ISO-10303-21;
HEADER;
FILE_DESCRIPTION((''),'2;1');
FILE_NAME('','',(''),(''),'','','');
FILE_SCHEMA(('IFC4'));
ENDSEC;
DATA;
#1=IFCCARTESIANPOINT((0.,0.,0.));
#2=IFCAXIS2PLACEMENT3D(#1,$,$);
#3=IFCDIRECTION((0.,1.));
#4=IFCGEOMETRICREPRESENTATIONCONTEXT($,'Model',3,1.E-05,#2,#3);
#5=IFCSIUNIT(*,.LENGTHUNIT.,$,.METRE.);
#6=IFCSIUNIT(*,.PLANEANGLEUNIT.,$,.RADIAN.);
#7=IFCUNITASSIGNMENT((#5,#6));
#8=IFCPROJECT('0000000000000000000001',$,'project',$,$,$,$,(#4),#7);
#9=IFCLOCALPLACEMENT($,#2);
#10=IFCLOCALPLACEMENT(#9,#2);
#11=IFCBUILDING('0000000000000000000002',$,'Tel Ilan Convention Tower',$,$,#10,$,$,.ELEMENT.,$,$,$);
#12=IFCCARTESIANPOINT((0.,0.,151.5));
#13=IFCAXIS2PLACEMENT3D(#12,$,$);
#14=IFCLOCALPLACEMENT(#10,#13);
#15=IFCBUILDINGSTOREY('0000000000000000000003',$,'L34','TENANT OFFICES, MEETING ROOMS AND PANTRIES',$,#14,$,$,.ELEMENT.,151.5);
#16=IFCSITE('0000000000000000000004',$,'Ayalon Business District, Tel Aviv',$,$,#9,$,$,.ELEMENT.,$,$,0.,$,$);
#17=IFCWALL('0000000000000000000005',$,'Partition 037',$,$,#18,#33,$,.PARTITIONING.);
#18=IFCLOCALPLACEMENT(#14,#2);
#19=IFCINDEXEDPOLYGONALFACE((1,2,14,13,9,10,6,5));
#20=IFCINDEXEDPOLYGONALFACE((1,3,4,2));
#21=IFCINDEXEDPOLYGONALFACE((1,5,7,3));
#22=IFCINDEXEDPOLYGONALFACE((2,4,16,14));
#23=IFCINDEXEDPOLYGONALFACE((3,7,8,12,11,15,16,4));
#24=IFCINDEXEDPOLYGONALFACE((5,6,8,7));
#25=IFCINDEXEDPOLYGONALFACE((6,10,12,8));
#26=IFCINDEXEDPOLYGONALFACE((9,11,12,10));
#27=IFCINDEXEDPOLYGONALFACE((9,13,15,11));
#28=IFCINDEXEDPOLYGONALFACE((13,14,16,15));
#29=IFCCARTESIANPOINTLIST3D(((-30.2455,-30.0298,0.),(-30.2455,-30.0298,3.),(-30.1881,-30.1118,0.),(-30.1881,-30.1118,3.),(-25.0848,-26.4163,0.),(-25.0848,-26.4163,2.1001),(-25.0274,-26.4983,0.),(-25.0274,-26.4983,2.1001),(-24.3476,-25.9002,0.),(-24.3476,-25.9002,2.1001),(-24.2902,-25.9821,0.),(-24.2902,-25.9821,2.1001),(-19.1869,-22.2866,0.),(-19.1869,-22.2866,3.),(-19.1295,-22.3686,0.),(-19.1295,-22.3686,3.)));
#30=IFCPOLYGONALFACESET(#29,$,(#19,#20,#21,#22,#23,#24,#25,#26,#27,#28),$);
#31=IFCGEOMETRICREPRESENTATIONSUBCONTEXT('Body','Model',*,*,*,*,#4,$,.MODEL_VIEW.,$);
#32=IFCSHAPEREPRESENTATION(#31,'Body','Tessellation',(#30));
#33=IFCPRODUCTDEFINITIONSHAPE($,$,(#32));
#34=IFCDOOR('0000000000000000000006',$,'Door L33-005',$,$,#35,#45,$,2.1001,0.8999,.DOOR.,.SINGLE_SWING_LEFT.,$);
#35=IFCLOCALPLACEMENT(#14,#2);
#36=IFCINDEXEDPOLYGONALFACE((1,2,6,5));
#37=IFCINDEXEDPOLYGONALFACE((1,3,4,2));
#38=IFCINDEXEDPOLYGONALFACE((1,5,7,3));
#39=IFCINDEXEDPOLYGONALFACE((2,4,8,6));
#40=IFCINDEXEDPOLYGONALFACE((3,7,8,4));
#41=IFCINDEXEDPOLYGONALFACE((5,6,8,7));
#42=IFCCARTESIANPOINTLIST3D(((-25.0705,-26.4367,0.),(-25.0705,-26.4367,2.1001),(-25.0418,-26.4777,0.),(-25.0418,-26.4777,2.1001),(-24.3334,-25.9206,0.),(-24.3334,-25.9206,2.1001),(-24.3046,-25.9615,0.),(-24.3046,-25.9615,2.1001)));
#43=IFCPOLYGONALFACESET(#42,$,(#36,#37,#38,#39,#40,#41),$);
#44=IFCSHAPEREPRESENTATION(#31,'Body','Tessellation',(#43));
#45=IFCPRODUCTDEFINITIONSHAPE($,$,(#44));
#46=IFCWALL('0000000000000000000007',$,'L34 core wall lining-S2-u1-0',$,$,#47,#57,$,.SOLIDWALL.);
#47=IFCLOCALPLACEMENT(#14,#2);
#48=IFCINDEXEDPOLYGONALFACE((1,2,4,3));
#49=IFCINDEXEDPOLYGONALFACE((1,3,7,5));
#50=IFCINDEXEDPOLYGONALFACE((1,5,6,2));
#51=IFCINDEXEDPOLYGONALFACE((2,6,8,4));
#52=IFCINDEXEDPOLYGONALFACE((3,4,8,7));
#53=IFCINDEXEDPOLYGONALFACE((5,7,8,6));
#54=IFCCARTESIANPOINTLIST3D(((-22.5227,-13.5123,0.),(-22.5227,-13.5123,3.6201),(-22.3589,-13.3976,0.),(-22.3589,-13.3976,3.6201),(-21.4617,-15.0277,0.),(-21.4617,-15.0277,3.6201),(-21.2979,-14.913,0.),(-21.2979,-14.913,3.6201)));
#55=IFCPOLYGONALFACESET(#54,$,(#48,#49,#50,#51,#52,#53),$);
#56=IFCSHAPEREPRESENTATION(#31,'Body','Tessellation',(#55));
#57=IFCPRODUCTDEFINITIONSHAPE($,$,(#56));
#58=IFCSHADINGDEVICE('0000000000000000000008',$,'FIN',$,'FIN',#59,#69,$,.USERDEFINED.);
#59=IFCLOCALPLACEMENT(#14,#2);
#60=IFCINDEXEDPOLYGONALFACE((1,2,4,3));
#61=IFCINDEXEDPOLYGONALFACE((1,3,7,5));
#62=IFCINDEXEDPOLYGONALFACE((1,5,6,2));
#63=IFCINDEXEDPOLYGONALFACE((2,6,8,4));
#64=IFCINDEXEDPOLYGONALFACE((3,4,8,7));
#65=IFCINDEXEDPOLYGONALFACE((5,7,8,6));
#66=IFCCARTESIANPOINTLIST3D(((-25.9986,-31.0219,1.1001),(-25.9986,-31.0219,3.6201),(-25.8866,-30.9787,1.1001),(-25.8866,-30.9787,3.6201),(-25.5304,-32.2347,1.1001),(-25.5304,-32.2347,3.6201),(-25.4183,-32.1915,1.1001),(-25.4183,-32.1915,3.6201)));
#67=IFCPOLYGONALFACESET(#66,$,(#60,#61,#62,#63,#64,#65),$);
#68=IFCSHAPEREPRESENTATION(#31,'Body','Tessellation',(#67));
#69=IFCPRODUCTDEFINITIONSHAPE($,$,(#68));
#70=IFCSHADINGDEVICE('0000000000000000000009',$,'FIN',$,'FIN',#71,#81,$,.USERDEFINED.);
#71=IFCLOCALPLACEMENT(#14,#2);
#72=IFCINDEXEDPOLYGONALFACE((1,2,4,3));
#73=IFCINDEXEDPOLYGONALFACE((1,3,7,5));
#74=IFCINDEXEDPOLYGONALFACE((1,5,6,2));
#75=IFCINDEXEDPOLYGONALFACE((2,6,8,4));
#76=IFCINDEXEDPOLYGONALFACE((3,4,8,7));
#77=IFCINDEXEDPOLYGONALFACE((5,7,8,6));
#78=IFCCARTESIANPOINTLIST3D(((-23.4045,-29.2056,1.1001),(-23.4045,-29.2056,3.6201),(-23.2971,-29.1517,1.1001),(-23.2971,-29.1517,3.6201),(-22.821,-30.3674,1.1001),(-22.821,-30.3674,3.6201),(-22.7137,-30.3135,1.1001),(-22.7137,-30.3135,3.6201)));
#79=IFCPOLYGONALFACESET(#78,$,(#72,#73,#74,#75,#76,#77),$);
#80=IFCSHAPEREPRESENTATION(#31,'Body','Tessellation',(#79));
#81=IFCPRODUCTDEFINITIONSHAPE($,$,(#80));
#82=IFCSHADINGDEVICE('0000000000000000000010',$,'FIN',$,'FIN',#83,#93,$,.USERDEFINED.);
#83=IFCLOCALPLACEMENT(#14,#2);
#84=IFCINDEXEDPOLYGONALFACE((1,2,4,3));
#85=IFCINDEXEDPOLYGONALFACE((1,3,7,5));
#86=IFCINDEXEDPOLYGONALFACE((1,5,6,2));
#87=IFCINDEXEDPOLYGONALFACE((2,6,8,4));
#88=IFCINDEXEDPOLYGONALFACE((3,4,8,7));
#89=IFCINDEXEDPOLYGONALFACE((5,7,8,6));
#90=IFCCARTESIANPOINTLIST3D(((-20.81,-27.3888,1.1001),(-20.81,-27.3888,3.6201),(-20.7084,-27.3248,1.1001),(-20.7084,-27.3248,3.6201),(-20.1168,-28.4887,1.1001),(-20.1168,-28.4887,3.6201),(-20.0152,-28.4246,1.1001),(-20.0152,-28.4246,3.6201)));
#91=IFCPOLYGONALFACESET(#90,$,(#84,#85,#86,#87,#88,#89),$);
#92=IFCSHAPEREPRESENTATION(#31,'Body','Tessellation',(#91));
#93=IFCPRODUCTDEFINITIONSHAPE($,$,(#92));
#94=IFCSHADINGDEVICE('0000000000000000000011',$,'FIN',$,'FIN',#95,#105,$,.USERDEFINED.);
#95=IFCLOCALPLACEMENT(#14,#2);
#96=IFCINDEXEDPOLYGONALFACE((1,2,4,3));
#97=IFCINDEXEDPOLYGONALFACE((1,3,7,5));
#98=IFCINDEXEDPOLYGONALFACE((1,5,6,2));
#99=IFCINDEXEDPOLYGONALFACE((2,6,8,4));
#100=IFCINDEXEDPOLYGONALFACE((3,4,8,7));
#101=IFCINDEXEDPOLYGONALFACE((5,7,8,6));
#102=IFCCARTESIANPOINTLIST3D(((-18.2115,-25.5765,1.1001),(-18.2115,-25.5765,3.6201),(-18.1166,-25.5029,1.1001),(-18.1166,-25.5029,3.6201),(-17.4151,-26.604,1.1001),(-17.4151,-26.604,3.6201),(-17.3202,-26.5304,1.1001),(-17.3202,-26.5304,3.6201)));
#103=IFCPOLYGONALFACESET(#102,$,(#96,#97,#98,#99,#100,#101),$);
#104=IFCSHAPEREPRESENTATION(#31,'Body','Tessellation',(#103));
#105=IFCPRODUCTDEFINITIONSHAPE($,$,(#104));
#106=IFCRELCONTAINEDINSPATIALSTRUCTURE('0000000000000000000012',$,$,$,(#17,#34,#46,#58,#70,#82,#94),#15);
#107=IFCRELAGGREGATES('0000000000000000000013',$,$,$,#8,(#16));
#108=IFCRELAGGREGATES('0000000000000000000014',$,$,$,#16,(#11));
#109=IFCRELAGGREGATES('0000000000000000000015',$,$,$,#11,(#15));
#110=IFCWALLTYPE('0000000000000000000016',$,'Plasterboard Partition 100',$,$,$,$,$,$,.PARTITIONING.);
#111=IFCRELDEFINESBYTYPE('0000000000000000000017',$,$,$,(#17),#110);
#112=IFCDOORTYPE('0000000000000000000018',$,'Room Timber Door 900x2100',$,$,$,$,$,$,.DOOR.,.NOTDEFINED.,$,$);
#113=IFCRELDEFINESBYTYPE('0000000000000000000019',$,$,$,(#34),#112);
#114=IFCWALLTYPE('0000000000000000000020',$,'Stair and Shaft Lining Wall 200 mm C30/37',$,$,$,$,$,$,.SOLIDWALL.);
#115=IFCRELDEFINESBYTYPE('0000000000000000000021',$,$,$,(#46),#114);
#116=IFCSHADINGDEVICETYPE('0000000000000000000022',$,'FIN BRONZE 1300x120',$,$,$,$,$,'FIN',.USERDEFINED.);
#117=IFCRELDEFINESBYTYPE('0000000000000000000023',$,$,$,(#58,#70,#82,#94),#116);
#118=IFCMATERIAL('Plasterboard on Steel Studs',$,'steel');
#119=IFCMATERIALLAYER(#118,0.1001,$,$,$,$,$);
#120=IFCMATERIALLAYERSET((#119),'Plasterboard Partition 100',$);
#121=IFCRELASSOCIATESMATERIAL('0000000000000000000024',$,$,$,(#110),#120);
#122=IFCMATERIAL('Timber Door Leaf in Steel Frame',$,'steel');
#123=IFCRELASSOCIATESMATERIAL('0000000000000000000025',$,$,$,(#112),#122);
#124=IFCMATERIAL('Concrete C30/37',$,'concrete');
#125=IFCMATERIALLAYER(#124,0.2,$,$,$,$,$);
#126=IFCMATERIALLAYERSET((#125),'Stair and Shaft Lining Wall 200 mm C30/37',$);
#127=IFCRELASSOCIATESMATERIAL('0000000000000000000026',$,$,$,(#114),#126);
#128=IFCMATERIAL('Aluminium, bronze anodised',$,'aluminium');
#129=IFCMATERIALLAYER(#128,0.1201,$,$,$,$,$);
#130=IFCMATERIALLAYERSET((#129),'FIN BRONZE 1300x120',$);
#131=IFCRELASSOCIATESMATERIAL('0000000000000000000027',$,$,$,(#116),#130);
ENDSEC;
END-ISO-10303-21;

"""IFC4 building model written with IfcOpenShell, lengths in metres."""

from ifc_helpers import new_model, si_unit, direction, frame, frame_2d, origin, origin_2d, place, context, subcontext, project, spatial, rectangle, extrude, material, layer, layer_set, type_object, element, fill, save


model = new_model("IFC4")

# Units and contexts
model_context = context("Model", 3, precision=1e-05, world=origin(), true_north=direction((0.0, 1.0)))
body_context = subcontext(model_context, "Body", "Model", "MODEL_VIEW")
ifc_project = project(units=[si_unit("LENGTHUNIT", "METRE"), si_unit("PLANEANGLEUNIT", "RADIAN")], contexts=[model_context])

# Site, building, storey
site_placement = place(None, origin())
site = spatial("IfcSite", under=ifc_project, at=site_placement, Name="Ayalon Business District, Tel Aviv", CompositionType="ELEMENT", RefElevation=0.0)
building_placement = place(site_placement, origin())
building = spatial("IfcBuilding", under=site, at=building_placement, Name="Tel Ilan Convention Tower", CompositionType="ELEMENT")
storey_placement = place(building_placement, frame((0.0, 0.0, 151.5)))
storey = spatial("IfcBuildingStorey", under=building, at=storey_placement, Name="L34", Description="TENANT OFFICES, MEETING ROOMS AND PANTRIES", CompositionType="ELEMENT", Elevation=151.5)

# Wall, opening, door
ifc_material_1 = material(Name="Plasterboard on Steel Studs", Category="steel")
ifc_layer_1 = layer(ifc_material_1, 0.1001)
ifc_layer_set_1 = layer_set([ifc_layer_1], Name="Plasterboard Partition 100")
wall_type_1 = type_object("IfcWallType", Name="Plasterboard Partition 100", PredefinedType="PARTITIONING", material=ifc_layer_set_1)
wall_1_placement = place(storey_placement, frame((-19.1582, -22.3276, 0.0), z_axis=(0.0, 0.0, 1.0), x_axis=(-0.819157, -0.573569, 0.0)))
wall_1 = element("IfcWall", 1, at=wall_1_placement, inside=storey, type_object=wall_type_1, Name="Partition 037", PredefinedType="PARTITIONING", context=body_context, shape_type="SweptSolid", body=[
    extrude(rectangle(XDim=13.5, YDim=0.1001, at=frame_2d((6.75, 0.0))), origin(), (0.0, 0.0, 1.0), 3.0),
])
opening_1_placement = place(wall_1_placement, frame((6.3, 0.0, 0.0)))
opening_1 = element("IfcOpeningElement", 2, at=opening_1_placement, cuts=wall_1, PredefinedType="OPENING", context=body_context, shape_type="SweptSolid", body=[
    extrude(rectangle(XDim=0.8999, YDim=2.1001, at=frame_2d((0.45, 1.05))), frame((0.0, 0.0601, 0.0), z_axis=(0.0, -1.0, 0.0), x_axis=(1.0, 0.0, 0.0)), (0.0, 0.0, 1.0), 0.1201),
])
ifc_material_2 = material(Name="Timber Door Leaf in Steel Frame", Category="steel")
door_type_1 = type_object("IfcDoorType", Name="Room Timber Door 900x2100", OperationType="NOTDEFINED", PredefinedType="DOOR", material=ifc_material_2)
door_1_placement = place(opening_1_placement, origin())
door_1 = element("IfcDoor", 3, at=door_1_placement, inside=storey, type_object=door_type_1, Name="Door L33-005", OperationType="SINGLE_SWING_LEFT", OverallHeight=2.1001, OverallWidth=0.8999, PredefinedType="DOOR", context=body_context, shape_type="SweptSolid", body=[
    extrude(rectangle(XDim=0.8999, YDim=2.1001, at=frame_2d((0.45, 1.05))), frame((0.0, 0.0249, 0.0), z_axis=(0.0, -1.0, 0.0), x_axis=(1.0, 0.0, 0.0)), (0.0, 0.0, 1.0), 0.05),
])
fill(opening_1, door_1)

# Wall
ifc_material_3 = material(Name="Concrete C30/37", Category="concrete")
ifc_layer_2 = layer(ifc_material_3, 0.2)
ifc_layer_set_2 = layer_set([ifc_layer_2], Name="Stair and Shaft Lining Wall 200 mm C30/37")
wall_type_2 = type_object("IfcWallType", Name="Stair and Shaft Lining Wall 200 mm C30/37", PredefinedType="SOLIDWALL", material=ifc_layer_set_2)
wall_2_placement = place(storey_placement, frame((-21.3799, -14.9702, 0.0), z_axis=(0.0, 0.0, 1.0), x_axis=(-0.57356, 0.819164, 0.0)))
element("IfcWall", 4, at=wall_2_placement, inside=storey, type_object=wall_type_2, Name="L34 core wall lining-S2-u1-0", PredefinedType="SOLIDWALL", context=body_context, shape_type="SweptSolid", body=[
    extrude(rectangle(XDim=1.8499, YDim=0.2, at=frame_2d((0.9248, 0.0))), origin(), (0.0, 0.0, 1.0), 3.6201),
])

# Shading devices
ifc_material_4 = material(Name="Aluminium, bronze anodised", Category="aluminium")
ifc_layer_3 = layer(ifc_material_4, 0.1201)
ifc_layer_set_3 = layer_set([ifc_layer_3], Name="FIN BRONZE 1300x120")
shading_device_type = type_object("IfcShadingDeviceType", Name="FIN BRONZE 1300x120", ElementType="FIN", PredefinedType="USERDEFINED", material=ifc_layer_set_3)
for number, where, z_axis, x_axis, name in (
    (5, (-25.7085, -31.6067, 1.1001), (0.0, 0.0, 1.0), (0.360178, -0.932884, 0.0), "FIN"),
    (6, (-23.0591, -29.7595, 1.1001), (0.0, 0.0, 1.0), (0.448799, -0.893633, 0.0), "FIN"),
    (7, (-20.4126, -27.9067, 1.1001), (0.0, 0.0, 1.0), (0.533204, -0.845986, 0.0), "FIN"),
    (8, (-17.7659, -26.0535, 1.1001), (0.0, 0.0, 1.0), (0.612601, -0.790393, 0.0), "FIN"),
):
    element("IfcShadingDevice", number, at=place(storey_placement, frame(where, z_axis=z_axis, x_axis=x_axis)), inside=storey, type_object=shading_device_type, Name=name, ObjectType="FIN", PredefinedType="USERDEFINED", context=body_context, shape_type="SweptSolid", body=[
        extrude(rectangle(XDim=1.3, YDim=0.1201, at=origin_2d()), origin(), (0.0, 0.0, 1.0), 2.52),
    ])

save(model, "model.ifc")
